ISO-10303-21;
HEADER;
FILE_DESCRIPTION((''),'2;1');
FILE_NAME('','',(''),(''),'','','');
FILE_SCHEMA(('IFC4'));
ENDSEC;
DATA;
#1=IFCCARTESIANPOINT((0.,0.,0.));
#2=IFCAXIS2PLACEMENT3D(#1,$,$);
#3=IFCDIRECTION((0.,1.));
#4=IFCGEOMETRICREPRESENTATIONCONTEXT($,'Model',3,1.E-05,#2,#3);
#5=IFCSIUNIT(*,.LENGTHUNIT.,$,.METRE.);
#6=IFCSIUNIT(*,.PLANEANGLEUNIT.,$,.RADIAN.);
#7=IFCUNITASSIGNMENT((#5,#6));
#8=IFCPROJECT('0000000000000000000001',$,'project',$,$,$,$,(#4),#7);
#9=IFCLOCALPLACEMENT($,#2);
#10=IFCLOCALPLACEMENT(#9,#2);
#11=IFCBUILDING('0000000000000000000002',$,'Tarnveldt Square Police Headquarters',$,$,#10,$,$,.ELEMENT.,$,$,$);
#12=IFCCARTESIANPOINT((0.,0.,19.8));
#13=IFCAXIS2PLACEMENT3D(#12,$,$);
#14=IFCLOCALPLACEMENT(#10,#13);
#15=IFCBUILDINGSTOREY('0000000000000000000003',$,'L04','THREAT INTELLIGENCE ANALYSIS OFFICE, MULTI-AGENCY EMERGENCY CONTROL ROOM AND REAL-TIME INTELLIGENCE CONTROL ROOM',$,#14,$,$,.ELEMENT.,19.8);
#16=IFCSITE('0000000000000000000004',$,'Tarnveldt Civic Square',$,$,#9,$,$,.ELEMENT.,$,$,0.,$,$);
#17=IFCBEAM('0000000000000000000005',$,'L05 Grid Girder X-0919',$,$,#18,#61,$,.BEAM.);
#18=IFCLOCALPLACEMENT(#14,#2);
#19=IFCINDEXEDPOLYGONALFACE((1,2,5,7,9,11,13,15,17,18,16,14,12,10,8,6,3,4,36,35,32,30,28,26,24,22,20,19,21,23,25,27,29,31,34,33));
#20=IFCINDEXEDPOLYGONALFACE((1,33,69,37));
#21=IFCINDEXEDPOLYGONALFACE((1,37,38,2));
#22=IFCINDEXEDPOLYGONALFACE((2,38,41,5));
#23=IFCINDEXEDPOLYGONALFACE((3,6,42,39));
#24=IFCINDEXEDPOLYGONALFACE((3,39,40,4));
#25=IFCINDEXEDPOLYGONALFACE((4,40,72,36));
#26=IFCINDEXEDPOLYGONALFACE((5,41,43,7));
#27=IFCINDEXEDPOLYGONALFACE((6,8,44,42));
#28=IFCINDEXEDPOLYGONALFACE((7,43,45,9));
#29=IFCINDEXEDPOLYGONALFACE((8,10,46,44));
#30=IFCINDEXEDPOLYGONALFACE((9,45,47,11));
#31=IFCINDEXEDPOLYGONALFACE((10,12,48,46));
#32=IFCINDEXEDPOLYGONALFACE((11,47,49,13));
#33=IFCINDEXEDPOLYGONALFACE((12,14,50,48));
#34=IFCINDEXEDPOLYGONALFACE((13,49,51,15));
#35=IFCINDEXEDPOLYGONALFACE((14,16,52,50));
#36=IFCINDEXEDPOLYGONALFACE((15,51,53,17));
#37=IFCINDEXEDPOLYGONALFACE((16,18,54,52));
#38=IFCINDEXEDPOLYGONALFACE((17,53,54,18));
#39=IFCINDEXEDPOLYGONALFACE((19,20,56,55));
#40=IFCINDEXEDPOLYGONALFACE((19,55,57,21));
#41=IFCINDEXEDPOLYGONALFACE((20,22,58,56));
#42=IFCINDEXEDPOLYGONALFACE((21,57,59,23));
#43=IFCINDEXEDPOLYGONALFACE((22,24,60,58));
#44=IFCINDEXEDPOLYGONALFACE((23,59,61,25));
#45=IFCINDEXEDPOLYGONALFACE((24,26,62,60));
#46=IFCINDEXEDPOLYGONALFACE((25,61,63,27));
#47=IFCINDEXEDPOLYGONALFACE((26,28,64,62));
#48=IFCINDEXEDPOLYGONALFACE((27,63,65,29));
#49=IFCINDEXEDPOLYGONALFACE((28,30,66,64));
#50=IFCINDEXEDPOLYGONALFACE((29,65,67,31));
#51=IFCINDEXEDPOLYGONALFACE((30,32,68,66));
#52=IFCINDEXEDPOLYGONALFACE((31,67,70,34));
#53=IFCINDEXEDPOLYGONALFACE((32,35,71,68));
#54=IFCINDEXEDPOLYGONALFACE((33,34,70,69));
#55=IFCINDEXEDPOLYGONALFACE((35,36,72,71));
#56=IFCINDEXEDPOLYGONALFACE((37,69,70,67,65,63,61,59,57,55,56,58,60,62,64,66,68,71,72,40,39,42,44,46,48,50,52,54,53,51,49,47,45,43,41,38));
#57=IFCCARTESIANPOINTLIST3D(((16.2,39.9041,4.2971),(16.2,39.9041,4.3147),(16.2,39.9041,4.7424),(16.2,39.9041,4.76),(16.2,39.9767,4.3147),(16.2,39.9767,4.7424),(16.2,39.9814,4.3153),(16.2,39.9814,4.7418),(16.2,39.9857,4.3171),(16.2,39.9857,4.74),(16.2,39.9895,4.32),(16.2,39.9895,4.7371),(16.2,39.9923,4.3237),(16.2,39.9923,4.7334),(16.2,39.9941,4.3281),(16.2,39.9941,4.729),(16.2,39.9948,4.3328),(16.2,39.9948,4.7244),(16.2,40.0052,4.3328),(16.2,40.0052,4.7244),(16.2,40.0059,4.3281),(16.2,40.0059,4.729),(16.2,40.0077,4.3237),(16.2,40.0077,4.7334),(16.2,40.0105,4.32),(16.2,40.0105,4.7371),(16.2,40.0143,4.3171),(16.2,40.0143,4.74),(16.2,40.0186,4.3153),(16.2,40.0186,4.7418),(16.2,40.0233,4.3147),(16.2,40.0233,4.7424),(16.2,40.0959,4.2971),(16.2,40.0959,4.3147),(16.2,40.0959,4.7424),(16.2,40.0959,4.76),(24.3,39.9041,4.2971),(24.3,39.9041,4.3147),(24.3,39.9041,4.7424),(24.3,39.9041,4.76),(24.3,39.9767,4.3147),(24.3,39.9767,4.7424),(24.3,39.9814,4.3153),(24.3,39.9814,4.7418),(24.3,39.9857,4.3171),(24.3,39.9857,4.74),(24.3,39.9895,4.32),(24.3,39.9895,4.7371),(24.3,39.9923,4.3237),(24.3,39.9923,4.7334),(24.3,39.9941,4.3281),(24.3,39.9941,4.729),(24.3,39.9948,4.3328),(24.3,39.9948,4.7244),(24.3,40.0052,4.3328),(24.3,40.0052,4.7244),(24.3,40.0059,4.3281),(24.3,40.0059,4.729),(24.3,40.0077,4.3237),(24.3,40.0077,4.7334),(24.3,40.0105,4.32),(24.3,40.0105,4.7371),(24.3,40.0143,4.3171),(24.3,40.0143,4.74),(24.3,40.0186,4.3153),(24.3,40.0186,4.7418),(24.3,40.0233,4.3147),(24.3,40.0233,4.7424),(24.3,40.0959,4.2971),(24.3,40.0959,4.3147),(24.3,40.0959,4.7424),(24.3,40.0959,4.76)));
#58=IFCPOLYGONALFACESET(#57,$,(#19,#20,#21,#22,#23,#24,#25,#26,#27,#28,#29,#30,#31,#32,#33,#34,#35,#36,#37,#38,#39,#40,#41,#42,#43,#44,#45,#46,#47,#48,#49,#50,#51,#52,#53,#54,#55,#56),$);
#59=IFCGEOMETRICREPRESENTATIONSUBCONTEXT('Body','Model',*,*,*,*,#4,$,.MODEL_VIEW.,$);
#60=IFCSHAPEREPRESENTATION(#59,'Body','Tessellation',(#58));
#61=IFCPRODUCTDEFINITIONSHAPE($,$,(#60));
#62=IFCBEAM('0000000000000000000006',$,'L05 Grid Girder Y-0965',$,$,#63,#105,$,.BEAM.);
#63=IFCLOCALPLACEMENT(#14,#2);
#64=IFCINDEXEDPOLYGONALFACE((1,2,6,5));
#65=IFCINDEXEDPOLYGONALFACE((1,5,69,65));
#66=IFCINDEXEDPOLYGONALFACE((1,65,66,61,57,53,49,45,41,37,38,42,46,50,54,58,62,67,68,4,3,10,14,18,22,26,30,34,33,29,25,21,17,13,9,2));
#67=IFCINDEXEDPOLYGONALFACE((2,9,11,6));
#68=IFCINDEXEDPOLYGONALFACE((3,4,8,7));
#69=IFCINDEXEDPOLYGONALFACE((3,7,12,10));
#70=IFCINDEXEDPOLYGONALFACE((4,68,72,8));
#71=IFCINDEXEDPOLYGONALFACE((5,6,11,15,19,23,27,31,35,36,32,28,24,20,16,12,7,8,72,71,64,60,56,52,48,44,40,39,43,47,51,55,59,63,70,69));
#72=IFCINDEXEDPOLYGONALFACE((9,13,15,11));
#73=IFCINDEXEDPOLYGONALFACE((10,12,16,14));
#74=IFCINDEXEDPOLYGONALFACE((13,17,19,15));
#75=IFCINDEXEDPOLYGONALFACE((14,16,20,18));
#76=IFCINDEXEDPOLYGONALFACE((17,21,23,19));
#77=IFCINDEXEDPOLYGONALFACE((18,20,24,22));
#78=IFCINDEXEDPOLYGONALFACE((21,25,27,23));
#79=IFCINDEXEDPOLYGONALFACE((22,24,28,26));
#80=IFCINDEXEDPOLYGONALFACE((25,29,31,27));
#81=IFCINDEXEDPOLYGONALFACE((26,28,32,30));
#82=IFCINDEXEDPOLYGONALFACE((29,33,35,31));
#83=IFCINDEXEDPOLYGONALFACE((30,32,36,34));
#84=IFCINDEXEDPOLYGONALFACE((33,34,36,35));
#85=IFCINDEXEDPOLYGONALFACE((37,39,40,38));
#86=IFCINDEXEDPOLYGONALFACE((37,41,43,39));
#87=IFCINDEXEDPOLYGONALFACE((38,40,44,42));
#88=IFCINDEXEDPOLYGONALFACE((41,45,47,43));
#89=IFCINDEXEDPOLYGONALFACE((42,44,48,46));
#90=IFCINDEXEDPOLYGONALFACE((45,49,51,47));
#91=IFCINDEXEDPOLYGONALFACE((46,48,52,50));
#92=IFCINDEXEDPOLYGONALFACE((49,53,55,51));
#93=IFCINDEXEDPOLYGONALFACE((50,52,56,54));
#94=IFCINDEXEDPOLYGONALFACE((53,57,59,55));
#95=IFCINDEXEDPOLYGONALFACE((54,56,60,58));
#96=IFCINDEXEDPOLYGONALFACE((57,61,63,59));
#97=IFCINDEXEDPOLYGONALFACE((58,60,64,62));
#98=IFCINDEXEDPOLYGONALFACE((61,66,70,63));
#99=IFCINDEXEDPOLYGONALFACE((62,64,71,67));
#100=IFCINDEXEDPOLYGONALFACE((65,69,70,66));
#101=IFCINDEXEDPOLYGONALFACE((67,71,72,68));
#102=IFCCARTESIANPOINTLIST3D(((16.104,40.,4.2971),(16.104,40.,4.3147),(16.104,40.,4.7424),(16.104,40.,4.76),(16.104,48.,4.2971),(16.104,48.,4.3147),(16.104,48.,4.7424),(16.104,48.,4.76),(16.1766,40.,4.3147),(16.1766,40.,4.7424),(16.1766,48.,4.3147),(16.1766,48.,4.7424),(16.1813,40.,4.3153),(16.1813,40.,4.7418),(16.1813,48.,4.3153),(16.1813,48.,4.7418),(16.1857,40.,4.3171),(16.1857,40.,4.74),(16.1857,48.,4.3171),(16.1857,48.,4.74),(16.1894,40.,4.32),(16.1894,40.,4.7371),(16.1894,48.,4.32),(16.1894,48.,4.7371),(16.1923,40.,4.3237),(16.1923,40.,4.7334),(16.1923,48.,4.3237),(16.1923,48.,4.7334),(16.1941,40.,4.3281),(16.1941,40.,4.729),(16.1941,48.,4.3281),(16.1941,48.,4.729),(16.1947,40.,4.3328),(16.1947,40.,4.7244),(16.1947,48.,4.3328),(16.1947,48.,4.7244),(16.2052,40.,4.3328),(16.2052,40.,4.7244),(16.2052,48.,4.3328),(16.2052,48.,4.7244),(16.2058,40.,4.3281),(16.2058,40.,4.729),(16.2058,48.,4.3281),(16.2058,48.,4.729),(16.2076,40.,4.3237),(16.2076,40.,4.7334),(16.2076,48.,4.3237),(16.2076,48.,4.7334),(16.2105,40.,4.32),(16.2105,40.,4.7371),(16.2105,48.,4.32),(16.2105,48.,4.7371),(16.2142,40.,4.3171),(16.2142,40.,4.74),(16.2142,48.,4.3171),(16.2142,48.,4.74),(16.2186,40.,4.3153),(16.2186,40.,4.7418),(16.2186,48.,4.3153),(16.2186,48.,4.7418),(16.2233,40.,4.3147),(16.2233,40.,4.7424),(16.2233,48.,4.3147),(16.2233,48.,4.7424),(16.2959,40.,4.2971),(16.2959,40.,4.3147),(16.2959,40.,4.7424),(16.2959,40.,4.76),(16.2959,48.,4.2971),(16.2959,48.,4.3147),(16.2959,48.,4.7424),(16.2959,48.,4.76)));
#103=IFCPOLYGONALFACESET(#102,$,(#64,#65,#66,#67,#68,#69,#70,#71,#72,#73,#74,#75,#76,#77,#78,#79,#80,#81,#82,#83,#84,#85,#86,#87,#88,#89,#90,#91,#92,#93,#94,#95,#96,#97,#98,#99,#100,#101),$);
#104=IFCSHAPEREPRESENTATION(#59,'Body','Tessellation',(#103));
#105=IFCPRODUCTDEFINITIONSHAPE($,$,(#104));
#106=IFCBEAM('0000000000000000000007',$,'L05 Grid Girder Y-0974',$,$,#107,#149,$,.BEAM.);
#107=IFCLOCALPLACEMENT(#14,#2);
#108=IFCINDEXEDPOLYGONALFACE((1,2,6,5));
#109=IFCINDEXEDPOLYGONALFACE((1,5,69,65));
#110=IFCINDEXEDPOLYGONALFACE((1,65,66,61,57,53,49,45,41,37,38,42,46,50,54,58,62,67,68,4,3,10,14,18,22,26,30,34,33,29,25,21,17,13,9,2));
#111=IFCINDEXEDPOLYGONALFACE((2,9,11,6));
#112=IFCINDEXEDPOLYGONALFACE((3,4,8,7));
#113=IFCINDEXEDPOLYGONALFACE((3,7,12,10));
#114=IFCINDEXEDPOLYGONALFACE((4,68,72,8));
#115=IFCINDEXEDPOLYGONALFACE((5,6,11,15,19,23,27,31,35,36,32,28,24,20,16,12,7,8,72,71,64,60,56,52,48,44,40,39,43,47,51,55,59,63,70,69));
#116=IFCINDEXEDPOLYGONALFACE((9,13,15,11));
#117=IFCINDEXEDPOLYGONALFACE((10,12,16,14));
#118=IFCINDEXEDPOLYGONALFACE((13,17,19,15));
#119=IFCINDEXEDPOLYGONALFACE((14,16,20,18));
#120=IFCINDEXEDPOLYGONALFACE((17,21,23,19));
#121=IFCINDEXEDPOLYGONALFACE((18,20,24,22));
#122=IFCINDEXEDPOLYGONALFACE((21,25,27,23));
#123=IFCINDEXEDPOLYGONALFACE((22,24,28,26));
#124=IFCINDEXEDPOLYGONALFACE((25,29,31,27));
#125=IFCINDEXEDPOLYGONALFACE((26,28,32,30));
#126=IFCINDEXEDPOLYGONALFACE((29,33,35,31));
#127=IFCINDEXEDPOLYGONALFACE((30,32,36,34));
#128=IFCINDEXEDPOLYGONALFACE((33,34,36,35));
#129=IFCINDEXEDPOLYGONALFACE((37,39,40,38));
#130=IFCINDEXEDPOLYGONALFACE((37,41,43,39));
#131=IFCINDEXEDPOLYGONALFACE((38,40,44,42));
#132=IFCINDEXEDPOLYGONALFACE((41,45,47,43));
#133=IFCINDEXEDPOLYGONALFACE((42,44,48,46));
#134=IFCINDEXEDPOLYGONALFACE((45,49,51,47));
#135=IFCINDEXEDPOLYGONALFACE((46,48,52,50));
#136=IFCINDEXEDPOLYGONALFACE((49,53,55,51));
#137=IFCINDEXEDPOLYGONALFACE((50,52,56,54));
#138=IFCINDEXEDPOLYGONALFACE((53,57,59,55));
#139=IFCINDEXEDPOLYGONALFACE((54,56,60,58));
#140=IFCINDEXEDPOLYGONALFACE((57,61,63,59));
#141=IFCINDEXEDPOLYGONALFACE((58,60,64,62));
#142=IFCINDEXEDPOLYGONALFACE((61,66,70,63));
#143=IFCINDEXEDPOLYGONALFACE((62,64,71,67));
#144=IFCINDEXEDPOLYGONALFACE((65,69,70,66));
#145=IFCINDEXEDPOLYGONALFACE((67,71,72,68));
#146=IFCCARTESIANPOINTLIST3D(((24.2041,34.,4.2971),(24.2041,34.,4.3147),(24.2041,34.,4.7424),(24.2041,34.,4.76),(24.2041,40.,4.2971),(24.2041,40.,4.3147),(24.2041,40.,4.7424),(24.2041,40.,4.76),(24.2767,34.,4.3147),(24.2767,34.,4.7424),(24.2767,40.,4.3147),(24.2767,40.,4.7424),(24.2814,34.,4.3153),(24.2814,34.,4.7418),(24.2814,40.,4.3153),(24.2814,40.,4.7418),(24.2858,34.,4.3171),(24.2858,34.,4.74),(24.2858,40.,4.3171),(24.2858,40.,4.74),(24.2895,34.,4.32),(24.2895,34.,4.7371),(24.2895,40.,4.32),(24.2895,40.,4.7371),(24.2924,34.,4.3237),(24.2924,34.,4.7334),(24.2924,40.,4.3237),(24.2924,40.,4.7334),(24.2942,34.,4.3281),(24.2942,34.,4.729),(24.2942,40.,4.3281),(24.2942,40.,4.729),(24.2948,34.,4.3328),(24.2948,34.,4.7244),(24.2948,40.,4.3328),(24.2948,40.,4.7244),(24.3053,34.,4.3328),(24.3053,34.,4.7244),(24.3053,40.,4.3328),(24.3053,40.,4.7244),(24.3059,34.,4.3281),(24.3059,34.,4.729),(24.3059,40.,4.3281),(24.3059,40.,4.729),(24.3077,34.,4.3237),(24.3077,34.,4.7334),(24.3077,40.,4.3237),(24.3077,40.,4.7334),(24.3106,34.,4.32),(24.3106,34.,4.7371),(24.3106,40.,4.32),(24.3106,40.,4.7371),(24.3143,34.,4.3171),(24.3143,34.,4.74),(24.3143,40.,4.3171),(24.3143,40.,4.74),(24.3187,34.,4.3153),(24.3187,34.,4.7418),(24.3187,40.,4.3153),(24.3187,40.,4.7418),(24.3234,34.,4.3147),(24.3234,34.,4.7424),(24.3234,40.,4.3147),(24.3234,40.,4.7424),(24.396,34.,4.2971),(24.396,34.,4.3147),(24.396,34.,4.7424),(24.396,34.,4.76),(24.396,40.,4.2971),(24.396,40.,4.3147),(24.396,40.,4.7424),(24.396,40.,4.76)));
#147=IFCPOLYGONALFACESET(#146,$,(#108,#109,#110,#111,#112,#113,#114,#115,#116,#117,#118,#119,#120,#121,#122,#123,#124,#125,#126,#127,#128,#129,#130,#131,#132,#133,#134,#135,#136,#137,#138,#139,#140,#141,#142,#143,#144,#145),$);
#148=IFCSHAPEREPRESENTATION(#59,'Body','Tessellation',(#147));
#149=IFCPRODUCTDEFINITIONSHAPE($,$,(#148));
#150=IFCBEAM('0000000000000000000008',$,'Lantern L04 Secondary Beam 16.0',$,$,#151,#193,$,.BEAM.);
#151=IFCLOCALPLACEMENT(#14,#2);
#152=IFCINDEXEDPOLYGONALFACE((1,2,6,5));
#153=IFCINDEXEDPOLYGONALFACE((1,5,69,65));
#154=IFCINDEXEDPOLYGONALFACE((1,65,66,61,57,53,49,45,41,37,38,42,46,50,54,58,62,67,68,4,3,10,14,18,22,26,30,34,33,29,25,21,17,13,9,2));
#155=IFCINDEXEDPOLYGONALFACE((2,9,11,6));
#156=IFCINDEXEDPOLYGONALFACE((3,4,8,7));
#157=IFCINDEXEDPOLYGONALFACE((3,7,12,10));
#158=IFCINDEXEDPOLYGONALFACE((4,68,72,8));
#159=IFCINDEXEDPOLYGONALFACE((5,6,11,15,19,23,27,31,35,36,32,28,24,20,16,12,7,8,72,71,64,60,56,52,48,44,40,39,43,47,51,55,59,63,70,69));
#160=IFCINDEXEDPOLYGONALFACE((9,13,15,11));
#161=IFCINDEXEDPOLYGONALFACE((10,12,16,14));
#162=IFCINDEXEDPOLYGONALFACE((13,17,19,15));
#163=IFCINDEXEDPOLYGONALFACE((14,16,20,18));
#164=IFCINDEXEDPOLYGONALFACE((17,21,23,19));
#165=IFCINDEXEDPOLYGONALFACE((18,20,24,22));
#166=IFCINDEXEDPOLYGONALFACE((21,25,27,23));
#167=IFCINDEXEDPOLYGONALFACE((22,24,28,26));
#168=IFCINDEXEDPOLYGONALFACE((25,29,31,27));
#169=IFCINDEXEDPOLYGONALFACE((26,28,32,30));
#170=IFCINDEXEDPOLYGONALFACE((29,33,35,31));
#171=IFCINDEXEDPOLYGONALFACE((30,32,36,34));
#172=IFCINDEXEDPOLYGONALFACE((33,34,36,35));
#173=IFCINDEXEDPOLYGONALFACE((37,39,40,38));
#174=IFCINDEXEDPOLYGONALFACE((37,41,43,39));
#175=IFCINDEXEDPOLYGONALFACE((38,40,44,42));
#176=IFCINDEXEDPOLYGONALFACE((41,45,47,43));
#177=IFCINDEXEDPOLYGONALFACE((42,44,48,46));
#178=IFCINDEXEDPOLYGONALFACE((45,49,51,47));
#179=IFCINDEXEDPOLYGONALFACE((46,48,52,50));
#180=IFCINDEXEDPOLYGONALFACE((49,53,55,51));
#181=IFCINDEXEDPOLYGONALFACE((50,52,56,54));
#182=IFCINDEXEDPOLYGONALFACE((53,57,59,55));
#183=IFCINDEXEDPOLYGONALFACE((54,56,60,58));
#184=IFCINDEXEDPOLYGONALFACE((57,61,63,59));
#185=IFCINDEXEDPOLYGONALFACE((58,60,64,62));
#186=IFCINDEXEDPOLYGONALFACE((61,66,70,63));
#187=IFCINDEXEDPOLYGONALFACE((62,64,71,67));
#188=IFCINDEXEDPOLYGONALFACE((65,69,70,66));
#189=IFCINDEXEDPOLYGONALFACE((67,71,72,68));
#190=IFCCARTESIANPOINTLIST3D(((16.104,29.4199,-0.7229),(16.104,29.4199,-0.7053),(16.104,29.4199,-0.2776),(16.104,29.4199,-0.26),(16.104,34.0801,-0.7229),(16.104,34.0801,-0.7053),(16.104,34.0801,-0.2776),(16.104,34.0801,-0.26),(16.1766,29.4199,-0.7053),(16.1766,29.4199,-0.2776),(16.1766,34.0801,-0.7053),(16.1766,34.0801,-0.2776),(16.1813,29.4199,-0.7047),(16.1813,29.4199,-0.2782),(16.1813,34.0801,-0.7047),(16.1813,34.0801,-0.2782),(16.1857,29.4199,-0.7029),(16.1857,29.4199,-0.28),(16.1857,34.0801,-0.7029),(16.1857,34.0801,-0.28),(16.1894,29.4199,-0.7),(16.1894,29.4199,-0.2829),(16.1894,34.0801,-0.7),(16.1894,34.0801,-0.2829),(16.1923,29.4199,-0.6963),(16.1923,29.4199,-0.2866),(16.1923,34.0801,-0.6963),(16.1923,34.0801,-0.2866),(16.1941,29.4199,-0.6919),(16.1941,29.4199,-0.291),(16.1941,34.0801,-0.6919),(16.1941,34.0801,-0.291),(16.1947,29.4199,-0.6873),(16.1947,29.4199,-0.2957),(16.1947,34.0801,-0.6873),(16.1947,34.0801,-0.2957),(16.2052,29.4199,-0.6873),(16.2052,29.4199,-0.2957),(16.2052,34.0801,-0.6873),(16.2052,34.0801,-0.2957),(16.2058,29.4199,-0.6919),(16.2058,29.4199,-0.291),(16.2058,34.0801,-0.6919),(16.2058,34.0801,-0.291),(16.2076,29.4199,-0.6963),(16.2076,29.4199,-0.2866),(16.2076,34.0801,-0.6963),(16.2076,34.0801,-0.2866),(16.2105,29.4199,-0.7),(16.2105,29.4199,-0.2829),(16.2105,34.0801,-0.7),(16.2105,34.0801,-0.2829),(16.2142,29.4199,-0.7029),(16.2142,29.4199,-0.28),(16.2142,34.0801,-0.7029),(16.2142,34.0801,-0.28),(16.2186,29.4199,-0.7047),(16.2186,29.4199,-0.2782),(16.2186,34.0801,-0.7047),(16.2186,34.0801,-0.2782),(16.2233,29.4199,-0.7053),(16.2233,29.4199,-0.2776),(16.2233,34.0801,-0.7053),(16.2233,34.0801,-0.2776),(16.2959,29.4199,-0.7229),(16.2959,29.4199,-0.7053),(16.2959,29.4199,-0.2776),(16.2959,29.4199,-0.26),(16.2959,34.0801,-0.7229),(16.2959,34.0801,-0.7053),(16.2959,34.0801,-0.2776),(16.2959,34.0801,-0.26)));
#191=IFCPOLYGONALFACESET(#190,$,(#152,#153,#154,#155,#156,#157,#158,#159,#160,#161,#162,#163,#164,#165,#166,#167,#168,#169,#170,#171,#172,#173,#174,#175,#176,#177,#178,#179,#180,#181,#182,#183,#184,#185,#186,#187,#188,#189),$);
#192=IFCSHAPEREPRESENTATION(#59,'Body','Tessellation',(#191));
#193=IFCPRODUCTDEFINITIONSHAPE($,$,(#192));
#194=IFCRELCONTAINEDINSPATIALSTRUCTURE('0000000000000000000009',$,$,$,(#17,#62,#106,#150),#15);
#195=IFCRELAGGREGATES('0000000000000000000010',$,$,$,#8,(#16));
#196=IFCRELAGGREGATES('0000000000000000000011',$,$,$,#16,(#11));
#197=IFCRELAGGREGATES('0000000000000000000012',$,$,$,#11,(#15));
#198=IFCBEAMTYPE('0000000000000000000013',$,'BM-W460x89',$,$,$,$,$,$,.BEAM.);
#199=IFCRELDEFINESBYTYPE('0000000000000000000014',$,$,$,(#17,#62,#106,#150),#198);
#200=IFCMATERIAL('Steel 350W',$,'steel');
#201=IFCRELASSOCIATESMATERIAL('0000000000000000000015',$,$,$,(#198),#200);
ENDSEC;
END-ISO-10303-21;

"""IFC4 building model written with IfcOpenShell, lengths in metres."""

from ifc_helpers import new_model, si_unit, direction, frame, origin, origin_2d, place, context, subcontext, project, spatial, i_section, extrude, material, material_profile, profile_set, type_object, element, save


model = new_model("IFC4")

# Units and contexts
model_context = context("Model", 3, precision=1e-05, world=origin(), true_north=direction((0.0, 1.0)))
body_context = subcontext(model_context, "Body", "Model", "MODEL_VIEW")
ifc_project = project(units=[si_unit("LENGTHUNIT", "METRE"), si_unit("PLANEANGLEUNIT", "RADIAN")], contexts=[model_context])

# Site, building, storey
site_placement = place(None, origin())
site = spatial("IfcSite", under=ifc_project, at=site_placement, Name="Tarnveldt Civic Square", CompositionType="ELEMENT", RefElevation=0.0)
building_placement = place(site_placement, origin())
building = spatial("IfcBuilding", under=site, at=building_placement, Name="Tarnveldt Square Police Headquarters", CompositionType="ELEMENT")
storey_placement = place(building_placement, frame((0.0, 0.0, 19.8)))
storey = spatial("IfcBuildingStorey", under=building, at=storey_placement, Name="L04", Description="THREAT INTELLIGENCE ANALYSIS OFFICE, MULTI-AGENCY EMERGENCY CONTROL ROOM AND REAL-TIME INTELLIGENCE CONTROL ROOM", CompositionType="ELEMENT", Elevation=19.8)

# Shared definitions
ifc_material_1 = material(Name="Steel 350W", Category="steel")

# Beams
ifc_material_profile_1 = material_profile(ifc_material_1, i_section(OverallWidth=0.1919, OverallDepth=0.4629, WebThickness=0.0105, FlangeThickness=0.0176, FilletRadius=0.0181, at=origin_2d()), Name="W460x89")
ifc_profile_set_1 = profile_set([ifc_material_profile_1], Name="Steel 350W")
beam_type_1 = type_object("IfcBeamType", Name="BM-W460x89", PredefinedType="BEAM", material=ifc_profile_set_1)
beam_1_placement = place(storey_placement, frame((16.2, 40.0, 4.5286), z_axis=(1.0, 0.0, 0.0), x_axis=(0.0, 1.0, 0.0)))
element("IfcBeam", 1, at=beam_1_placement, inside=storey, type_object=beam_type_1, Name="L05 Grid Girder X-0919", PredefinedType="BEAM", context=body_context, shape_type="SweptSolid", body=[
    extrude(i_section(OverallWidth=0.1919, OverallDepth=0.4629, WebThickness=0.0105, FlangeThickness=0.0176, FilletRadius=0.0181, at=origin_2d()), origin(), (0.0, 0.0, 1.0), 8.1001),
])
beam_2_placement = place(storey_placement, frame((16.2, 40.0, 4.5286), z_axis=(0.0, 1.0, 0.0), x_axis=(-1.0, 0.0, 0.0)))
element("IfcBeam", 2, at=beam_2_placement, inside=storey, type_object=beam_type_1, Name="L05 Grid Girder Y-0965", PredefinedType="BEAM", context=body_context, shape_type="SweptSolid", body=[
    extrude(i_section(OverallWidth=0.1919, OverallDepth=0.4629, WebThickness=0.0105, FlangeThickness=0.0176, FilletRadius=0.0181, at=origin_2d()), origin(), (0.0, 0.0, 1.0), 8.0),
])
beam_3_placement = place(storey_placement, frame((24.3, 34.0, 4.5286), z_axis=(0.0, 1.0, 0.0), x_axis=(-1.0, 0.0, 0.0)))
element("IfcBeam", 3, at=beam_3_placement, inside=storey, type_object=beam_type_1, Name="L05 Grid Girder Y-0974", PredefinedType="BEAM", context=body_context, shape_type="SweptSolid", body=[
    extrude(i_section(OverallWidth=0.1919, OverallDepth=0.4629, WebThickness=0.0105, FlangeThickness=0.0176, FilletRadius=0.0181, at=origin_2d()), origin(), (0.0, 0.0, 1.0), 6.0),
])
beam_4_placement = place(storey_placement, frame((16.2, 34.0801, -0.4915), z_axis=(0.0, -1.0, 0.0), x_axis=(1.0, 0.0, 0.0)))
element("IfcBeam", 4, at=beam_4_placement, inside=storey, type_object=beam_type_1, Name="Lantern L04 Secondary Beam 16.0", PredefinedType="BEAM", context=body_context, shape_type="SweptSolid", body=[
    extrude(i_section(OverallWidth=0.1919, OverallDepth=0.4629, WebThickness=0.0105, FlangeThickness=0.0176, FilletRadius=0.0181, at=origin_2d()), origin(), (0.0, 0.0, 1.0), 4.6602),
])

save(model, "model.ifc")
